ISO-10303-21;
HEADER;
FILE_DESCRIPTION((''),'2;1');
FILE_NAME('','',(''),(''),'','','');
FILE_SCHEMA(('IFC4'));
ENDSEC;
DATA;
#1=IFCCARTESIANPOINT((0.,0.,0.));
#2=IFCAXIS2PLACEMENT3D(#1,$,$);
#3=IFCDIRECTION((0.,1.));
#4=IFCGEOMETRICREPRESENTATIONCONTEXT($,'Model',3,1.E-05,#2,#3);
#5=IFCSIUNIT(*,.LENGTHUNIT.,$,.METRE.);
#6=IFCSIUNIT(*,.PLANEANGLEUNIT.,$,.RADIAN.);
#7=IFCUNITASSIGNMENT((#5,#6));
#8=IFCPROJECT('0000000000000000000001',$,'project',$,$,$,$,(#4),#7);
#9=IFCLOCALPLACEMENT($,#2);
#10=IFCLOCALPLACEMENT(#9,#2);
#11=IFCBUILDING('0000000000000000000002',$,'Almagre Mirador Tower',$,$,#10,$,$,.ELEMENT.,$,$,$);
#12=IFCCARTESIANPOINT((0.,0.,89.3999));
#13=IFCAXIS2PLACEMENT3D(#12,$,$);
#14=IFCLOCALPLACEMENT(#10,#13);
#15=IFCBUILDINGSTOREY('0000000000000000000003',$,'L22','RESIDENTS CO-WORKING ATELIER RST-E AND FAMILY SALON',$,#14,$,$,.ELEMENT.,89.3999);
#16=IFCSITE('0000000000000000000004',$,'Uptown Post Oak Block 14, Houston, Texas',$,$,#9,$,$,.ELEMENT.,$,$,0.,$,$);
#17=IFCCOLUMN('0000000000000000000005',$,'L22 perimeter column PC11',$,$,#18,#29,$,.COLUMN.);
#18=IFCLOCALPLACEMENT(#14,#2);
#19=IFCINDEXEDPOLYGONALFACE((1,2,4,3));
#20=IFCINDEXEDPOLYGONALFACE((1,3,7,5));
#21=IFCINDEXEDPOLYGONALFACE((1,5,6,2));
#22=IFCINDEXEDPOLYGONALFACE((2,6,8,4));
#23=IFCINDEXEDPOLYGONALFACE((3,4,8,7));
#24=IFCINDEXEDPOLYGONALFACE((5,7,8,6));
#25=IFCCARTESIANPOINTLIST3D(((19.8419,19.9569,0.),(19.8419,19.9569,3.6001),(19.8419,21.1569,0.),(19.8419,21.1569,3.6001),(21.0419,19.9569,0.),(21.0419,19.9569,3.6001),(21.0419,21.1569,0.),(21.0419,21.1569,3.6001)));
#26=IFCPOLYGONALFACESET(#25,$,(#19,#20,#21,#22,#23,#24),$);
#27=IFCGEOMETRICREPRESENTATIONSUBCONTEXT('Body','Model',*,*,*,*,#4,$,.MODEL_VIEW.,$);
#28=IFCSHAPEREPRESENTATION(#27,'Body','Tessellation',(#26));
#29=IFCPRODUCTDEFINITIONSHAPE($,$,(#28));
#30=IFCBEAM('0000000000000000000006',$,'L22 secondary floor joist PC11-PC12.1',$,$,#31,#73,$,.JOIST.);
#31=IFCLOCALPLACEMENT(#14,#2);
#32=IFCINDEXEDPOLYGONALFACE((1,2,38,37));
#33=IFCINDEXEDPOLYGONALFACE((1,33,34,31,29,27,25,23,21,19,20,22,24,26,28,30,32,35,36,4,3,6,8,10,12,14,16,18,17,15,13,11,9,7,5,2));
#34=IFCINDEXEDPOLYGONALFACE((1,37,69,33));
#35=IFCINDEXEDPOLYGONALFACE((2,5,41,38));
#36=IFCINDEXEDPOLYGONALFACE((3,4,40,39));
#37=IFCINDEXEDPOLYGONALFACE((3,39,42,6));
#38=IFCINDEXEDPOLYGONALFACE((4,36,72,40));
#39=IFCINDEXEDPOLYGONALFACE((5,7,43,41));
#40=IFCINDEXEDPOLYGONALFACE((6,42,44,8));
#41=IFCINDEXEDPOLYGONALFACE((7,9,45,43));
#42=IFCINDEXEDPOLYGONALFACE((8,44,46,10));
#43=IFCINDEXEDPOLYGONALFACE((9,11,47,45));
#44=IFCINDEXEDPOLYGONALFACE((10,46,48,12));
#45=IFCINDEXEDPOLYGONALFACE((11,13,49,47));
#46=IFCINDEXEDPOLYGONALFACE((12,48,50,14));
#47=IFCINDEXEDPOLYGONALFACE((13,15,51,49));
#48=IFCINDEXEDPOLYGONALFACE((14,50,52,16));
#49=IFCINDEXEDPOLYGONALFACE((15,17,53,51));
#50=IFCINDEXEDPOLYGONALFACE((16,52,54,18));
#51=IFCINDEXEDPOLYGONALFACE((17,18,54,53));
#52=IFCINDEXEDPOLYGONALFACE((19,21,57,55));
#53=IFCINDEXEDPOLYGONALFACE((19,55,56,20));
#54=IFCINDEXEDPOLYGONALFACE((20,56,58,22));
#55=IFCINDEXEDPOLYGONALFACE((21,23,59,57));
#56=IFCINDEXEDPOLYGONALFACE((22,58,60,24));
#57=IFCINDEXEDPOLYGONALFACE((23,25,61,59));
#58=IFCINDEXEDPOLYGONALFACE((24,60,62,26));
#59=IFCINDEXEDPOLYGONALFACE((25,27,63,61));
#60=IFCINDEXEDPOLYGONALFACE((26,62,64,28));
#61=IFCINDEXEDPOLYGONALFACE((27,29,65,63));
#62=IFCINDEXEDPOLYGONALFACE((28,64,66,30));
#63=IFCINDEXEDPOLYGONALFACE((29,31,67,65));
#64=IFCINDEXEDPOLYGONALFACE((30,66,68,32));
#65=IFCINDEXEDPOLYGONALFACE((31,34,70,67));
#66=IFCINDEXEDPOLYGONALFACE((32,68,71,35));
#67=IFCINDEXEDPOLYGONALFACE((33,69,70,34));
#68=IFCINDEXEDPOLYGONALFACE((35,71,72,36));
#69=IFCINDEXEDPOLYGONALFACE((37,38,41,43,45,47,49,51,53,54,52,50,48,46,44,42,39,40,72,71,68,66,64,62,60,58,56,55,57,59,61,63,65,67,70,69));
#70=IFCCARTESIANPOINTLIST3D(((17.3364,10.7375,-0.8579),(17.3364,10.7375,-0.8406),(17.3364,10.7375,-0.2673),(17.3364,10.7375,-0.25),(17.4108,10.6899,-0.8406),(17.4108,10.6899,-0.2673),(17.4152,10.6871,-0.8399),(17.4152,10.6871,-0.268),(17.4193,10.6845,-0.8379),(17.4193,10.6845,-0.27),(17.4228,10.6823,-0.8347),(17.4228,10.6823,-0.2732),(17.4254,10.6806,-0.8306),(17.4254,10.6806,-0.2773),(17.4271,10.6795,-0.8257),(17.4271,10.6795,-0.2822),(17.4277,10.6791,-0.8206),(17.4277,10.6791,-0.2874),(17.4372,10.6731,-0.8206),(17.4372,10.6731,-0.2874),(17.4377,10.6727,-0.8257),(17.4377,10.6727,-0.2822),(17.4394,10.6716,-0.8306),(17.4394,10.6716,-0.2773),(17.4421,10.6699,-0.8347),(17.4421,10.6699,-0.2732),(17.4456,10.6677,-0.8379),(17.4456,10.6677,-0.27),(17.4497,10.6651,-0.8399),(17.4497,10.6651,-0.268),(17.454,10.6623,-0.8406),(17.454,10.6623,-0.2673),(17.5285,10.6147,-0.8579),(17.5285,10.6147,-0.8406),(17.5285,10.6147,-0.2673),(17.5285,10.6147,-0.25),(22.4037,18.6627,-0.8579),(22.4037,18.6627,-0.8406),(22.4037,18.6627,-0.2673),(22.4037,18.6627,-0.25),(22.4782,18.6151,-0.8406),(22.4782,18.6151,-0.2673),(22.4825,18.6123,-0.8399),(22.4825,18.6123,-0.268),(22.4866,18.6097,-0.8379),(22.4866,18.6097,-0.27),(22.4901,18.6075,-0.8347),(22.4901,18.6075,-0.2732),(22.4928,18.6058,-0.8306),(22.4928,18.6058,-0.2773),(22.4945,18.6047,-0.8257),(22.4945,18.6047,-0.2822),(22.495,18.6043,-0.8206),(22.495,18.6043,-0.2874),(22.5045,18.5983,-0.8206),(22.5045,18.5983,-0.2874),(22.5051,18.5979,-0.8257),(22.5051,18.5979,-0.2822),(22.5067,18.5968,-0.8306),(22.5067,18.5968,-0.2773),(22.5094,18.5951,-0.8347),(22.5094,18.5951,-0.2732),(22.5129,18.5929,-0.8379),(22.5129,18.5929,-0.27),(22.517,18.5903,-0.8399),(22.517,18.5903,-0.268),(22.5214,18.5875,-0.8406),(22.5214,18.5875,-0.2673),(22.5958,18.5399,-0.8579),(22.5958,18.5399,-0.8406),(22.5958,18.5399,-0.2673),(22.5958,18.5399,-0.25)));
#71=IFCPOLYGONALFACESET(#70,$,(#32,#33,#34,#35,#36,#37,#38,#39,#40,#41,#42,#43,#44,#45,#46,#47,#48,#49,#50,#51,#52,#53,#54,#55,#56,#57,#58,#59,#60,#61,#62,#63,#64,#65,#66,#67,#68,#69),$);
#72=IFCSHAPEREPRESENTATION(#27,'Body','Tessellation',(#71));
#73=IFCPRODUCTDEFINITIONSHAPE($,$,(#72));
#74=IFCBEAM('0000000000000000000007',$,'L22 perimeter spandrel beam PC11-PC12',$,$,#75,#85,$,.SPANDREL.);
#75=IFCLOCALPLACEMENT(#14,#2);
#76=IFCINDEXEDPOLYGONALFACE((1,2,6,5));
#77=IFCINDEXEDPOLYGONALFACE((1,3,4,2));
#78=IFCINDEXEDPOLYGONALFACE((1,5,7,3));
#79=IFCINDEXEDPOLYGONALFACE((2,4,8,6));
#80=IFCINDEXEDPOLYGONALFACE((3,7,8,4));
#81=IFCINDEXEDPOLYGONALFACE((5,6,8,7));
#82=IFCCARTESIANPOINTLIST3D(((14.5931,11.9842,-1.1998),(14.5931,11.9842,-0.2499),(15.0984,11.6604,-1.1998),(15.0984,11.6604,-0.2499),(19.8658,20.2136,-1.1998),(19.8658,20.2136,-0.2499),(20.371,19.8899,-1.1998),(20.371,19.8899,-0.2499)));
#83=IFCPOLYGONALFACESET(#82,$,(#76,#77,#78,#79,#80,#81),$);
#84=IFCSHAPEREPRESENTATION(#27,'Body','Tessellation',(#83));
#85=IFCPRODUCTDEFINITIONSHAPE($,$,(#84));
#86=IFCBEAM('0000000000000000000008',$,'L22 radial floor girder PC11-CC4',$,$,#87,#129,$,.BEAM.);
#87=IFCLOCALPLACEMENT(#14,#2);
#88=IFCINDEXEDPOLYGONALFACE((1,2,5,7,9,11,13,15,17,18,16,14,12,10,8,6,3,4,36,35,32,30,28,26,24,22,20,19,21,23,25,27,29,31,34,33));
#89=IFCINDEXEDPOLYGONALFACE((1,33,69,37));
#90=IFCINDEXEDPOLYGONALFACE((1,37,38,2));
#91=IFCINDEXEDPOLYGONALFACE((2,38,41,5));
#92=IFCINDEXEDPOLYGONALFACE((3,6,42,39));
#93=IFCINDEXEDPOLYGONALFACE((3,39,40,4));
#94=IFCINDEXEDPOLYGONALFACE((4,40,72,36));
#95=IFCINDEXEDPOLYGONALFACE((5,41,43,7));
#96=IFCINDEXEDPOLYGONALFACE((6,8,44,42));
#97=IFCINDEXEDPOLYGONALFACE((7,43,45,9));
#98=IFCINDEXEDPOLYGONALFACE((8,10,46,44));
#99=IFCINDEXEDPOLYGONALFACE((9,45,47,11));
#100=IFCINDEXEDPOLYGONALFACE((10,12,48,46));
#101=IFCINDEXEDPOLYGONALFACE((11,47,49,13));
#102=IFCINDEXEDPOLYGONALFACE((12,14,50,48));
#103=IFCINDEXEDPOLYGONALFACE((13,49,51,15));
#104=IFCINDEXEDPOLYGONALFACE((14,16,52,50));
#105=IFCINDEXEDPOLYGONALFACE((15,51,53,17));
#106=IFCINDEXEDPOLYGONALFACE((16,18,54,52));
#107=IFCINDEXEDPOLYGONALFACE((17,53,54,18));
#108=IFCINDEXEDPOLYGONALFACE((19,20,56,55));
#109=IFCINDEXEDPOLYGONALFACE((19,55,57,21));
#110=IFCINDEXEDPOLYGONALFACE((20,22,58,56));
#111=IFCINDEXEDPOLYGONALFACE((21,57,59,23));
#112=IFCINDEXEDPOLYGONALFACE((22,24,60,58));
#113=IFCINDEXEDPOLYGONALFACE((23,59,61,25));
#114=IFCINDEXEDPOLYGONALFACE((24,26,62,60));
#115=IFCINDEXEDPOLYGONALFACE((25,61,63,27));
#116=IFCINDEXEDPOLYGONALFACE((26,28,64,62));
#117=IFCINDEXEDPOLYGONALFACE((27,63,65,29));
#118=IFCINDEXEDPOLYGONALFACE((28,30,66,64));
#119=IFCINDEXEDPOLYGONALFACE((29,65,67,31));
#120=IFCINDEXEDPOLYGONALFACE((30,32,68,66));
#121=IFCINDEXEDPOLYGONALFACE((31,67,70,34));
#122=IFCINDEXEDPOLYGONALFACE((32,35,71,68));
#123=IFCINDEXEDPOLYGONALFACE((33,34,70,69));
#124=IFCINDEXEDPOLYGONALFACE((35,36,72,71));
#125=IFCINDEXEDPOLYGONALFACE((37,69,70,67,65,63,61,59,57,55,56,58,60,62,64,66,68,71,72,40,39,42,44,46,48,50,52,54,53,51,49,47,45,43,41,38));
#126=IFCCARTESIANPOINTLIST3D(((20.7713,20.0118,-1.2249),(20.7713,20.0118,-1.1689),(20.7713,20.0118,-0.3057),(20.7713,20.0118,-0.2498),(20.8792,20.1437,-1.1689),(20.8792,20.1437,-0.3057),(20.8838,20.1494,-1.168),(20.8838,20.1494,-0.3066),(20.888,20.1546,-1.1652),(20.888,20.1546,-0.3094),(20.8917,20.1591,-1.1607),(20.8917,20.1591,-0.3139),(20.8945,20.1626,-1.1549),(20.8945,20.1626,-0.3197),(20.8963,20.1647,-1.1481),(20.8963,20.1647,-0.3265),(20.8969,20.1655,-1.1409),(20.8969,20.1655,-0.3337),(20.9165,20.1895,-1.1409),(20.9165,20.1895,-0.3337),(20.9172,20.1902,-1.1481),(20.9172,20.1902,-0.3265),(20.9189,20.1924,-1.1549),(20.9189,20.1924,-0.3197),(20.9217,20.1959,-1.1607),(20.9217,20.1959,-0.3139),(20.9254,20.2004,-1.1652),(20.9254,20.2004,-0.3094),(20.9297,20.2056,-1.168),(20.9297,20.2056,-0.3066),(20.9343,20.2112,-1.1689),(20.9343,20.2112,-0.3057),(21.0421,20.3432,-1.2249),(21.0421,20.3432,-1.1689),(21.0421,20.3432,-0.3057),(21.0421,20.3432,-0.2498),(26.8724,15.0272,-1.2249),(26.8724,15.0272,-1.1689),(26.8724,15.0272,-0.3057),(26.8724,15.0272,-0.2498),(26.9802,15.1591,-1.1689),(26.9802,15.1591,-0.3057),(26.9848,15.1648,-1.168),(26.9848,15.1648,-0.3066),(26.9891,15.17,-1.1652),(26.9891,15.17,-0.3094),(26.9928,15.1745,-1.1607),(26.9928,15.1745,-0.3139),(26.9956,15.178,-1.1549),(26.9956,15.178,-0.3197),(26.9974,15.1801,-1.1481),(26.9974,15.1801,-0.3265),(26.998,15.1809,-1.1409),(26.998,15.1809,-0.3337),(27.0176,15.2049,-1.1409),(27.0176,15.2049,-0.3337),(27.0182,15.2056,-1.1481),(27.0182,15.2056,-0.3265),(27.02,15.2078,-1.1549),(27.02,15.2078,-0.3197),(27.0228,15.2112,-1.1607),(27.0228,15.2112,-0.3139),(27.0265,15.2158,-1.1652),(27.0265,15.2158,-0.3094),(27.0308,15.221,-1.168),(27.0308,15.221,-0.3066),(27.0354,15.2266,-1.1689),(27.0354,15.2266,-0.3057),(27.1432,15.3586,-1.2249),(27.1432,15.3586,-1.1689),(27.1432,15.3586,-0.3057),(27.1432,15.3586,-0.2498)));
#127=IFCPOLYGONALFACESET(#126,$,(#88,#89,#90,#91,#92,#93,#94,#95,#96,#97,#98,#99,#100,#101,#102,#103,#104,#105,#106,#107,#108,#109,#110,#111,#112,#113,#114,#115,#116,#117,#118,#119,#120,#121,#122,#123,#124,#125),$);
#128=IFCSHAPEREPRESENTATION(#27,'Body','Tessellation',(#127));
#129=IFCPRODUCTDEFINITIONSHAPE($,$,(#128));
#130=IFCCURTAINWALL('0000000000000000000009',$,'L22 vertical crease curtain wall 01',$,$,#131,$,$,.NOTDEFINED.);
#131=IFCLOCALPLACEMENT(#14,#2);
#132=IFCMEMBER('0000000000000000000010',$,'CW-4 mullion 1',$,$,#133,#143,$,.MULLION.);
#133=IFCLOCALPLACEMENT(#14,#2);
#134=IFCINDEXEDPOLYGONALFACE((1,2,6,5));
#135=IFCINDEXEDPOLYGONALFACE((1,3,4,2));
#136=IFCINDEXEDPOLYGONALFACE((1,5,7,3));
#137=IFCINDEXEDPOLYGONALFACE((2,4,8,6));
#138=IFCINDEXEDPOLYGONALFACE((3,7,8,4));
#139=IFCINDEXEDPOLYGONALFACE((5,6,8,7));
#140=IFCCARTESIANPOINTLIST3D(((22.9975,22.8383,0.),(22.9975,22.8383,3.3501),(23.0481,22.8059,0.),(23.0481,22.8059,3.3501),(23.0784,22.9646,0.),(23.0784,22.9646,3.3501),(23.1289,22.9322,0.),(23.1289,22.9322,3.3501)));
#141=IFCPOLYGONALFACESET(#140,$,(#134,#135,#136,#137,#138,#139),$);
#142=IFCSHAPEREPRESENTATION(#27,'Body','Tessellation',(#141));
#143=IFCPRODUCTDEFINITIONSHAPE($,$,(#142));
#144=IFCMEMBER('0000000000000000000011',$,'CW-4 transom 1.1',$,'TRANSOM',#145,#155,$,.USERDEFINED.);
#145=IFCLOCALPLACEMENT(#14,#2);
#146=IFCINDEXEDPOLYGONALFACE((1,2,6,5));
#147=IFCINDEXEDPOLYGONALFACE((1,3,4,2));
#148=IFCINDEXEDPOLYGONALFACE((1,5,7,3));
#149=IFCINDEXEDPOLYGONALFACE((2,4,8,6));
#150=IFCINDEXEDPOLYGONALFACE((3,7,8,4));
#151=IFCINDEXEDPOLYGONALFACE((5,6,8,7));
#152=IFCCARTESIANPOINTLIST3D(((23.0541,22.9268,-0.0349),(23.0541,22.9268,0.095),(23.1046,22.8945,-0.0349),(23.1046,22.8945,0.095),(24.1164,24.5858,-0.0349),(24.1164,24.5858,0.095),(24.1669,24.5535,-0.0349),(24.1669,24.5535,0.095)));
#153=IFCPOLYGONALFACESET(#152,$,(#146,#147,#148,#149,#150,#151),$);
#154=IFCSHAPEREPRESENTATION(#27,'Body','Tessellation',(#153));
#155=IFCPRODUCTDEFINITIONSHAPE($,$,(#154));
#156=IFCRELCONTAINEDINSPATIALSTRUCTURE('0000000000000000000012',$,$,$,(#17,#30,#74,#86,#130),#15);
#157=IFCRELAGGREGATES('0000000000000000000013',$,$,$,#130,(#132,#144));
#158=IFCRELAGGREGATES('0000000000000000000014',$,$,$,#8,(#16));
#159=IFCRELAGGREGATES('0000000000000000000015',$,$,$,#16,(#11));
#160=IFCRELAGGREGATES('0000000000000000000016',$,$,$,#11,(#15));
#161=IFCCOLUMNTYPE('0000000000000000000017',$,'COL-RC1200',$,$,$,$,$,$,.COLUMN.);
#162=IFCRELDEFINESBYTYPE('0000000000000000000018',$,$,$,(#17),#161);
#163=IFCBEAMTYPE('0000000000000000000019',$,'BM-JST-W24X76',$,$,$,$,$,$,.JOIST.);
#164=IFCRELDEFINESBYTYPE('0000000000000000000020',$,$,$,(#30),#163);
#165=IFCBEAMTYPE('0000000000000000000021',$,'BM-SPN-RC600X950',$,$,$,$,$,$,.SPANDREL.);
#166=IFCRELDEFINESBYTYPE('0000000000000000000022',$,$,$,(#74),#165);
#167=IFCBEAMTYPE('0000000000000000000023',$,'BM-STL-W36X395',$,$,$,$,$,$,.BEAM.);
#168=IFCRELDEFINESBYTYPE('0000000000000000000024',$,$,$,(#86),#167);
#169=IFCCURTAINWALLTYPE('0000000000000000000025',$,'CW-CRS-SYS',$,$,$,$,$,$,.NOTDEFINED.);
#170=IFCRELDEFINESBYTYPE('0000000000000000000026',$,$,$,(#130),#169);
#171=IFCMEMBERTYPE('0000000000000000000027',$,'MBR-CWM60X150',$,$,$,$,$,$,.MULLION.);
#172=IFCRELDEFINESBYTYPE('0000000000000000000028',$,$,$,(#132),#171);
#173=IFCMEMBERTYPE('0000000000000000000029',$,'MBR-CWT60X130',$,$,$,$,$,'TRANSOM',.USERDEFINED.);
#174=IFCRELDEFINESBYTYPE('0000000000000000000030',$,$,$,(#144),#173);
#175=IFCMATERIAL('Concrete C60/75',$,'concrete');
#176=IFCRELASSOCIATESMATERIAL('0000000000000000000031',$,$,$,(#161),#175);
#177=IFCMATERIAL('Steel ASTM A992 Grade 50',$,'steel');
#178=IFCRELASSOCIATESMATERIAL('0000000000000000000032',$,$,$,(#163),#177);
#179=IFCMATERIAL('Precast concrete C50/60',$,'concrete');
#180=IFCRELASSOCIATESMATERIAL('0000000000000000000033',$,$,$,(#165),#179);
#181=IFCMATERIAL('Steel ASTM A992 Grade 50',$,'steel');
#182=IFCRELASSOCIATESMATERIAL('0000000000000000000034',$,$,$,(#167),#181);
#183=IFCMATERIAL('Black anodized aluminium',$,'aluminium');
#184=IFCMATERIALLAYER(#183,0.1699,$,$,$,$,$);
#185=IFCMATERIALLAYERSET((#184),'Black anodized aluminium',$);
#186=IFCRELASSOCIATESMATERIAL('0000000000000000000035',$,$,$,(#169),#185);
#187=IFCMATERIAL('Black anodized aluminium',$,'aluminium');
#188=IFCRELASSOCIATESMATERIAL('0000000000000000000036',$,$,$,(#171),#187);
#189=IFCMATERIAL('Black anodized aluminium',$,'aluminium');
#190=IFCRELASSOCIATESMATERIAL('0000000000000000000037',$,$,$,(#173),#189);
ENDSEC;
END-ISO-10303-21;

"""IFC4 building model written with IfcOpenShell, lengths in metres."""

from ifc_helpers import new_model, si_unit, direction, frame, origin, origin_2d, place, context, subcontext, project, spatial, rectangle, i_section, extrude, material, layer, layer_set, material_profile, profile_set, type_object, element, aggregate, save


model = new_model("IFC4")

# Units and contexts
model_context = context("Model", 3, precision=1e-05, world=origin(), true_north=direction((0.0, 1.0)))
body_context = subcontext(model_context, "Body", "Model", "MODEL_VIEW")
ifc_project = project(units=[si_unit("LENGTHUNIT", "METRE"), si_unit("PLANEANGLEUNIT", "RADIAN")], contexts=[model_context])

# Site, building, storey
site_placement = place(None, origin())
site = spatial("IfcSite", under=ifc_project, at=site_placement, Name="Uptown Post Oak Block 14, Houston, Texas", CompositionType="ELEMENT", RefElevation=0.0)
building_placement = place(site_placement, origin())
building = spatial("IfcBuilding", under=site, at=building_placement, Name="Almagre Mirador Tower", CompositionType="ELEMENT")
storey_placement = place(building_placement, frame((0.0, 0.0, 89.3999)))
storey = spatial("IfcBuildingStorey", under=building, at=storey_placement, Name="L22", Description="RESIDENTS CO-WORKING ATELIER RST-E AND FAMILY SALON", CompositionType="ELEMENT", Elevation=89.3999)

# Column
ifc_material_1 = material(Name="Concrete C60/75", Category="concrete")
ifc_material_profile_1 = material_profile(ifc_material_1, rectangle(XDim=1.2, YDim=1.2, at=origin_2d()), Name="RC1200X1200")
ifc_profile_set_1 = profile_set([ifc_material_profile_1], Name="Concrete C60/75")
column_type = type_object("IfcColumnType", Name="COL-RC1200", PredefinedType="COLUMN", material=ifc_profile_set_1)
column_placement = place(storey_placement, frame((20.4419, 20.5569, 0.0), z_axis=(0.0, 0.0, 1.0), x_axis=(1.0, 0.0, 0.0)))
element("IfcColumn", 1, at=column_placement, inside=storey, type_object=column_type, Name="L22 perimeter column PC11", PredefinedType="COLUMN", context=body_context, shape_type="SweptSolid", body=[
    extrude(rectangle(XDim=1.2, YDim=1.2, at=origin_2d()), origin(), (0.0, 0.0, 1.0), 3.6001),
])

# Beams
ifc_material_2 = material(Name="Steel ASTM A992 Grade 50", Category="steel")
ifc_material_profile_2 = material_profile(ifc_material_2, i_section(OverallWidth=0.228, OverallDepth=0.6079, WebThickness=0.0112, FlangeThickness=0.0173, FilletRadius=0.02, at=origin_2d()), Name="W24X76")
ifc_profile_set_2 = profile_set([ifc_material_profile_2], Name="Steel ASTM A992 Grade 50")
beam_type_1 = type_object("IfcBeamType", Name="BM-JST-W24X76", PredefinedType="JOIST", material=ifc_profile_set_2)
beam_1_placement = place(storey_placement, frame((22.4998, 18.6013, -0.554), z_axis=(-0.538691, -0.842503, 0.0), x_axis=(0.842503, -0.538691, 0.0)))
element("IfcBeam", 2, at=beam_1_placement, inside=storey, type_object=beam_type_1, Name="L22 secondary floor joist PC11-PC12.1", PredefinedType="JOIST", context=body_context, shape_type="SweptSolid", body=[
    extrude(i_section(OverallWidth=0.228, OverallDepth=0.6079, WebThickness=0.0112, FlangeThickness=0.0173, FilletRadius=0.02, at=origin_2d()), origin(), (0.0, 0.0, 1.0), 9.4067),
])
ifc_material_3 = material(Name="Precast concrete C50/60", Category="concrete")
ifc_material_profile_3 = material_profile(ifc_material_3, rectangle(XDim=0.6001, YDim=0.95, at=origin_2d()), Name="RC600X950")
ifc_profile_set_3 = profile_set([ifc_material_profile_3], Name="Precast concrete C50/60")
beam_type_2 = type_object("IfcBeamType", Name="BM-SPN-RC600X950", PredefinedType="SPANDREL", material=ifc_profile_set_3)
beam_2_placement = place(storey_placement, frame((20.1184, 20.0518, -0.7249), z_axis=(-0.539477, -0.842, 0.0), x_axis=(0.842, -0.539477, 0.0)))
element("IfcBeam", 3, at=beam_2_placement, inside=storey, type_object=beam_type_2, Name="L22 perimeter spandrel beam PC11-PC12", PredefinedType="SPANDREL", context=body_context, shape_type="SweptSolid", body=[
    extrude(rectangle(XDim=0.6001, YDim=0.95, at=origin_2d()), origin(), (0.0, 0.0, 1.0), 9.7737),
])
ifc_material_4 = material(Name="Steel ASTM A992 Grade 50", Category="steel")
ifc_material_profile_4 = material_profile(ifc_material_4, i_section(OverallWidth=0.428, OverallDepth=0.9751, WebThickness=0.031, FlangeThickness=0.0559, FilletRadius=0.0281, at=origin_2d()), Name="W36X395")
ifc_profile_set_4 = profile_set([ifc_material_profile_4], Name="Steel ASTM A992 Grade 50")
beam_type_3 = type_object("IfcBeamType", Name="BM-STL-W36X395", PredefinedType="BEAM", material=ifc_profile_set_4)
beam_3_placement = place(storey_placement, frame((20.9067, 20.1775, -0.7373), z_axis=(0.774403, -0.632693, 0.0), x_axis=(0.632693, 0.774403, 0.0)))
element("IfcBeam", 4, at=beam_3_placement, inside=storey, type_object=beam_type_3, Name="L22 radial floor girder PC11-CC4", PredefinedType="BEAM", context=body_context, shape_type="SweptSolid", body=[
    extrude(i_section(OverallWidth=0.428, OverallDepth=0.9751, WebThickness=0.031, FlangeThickness=0.0559, FilletRadius=0.0281, at=origin_2d()), origin(), (0.0, 0.0, 1.0), 7.8784),
])

# Curtain wall, members
ifc_material_5 = material(Name="Black anodized aluminium", Category="aluminium")
ifc_layer_1 = layer(ifc_material_5, 0.1699)
ifc_layer_set_1 = layer_set([ifc_layer_1], Name="Black anodized aluminium")
curtain_wall_type = type_object("IfcCurtainWallType", Name="CW-CRS-SYS", PredefinedType="NOTDEFINED", material=ifc_layer_set_1)
curtain_wall_placement = place(storey_placement, origin())
curtain_wall = element("IfcCurtainWall", 5, at=curtain_wall_placement, inside=storey, type_object=curtain_wall_type, Name="L22 vertical crease curtain wall 01", PredefinedType="NOTDEFINED")
ifc_material_6 = material(Name="Black anodized aluminium", Category="aluminium")
ifc_material_profile_5 = material_profile(ifc_material_6, rectangle(XDim=0.0601, YDim=0.1499, at=origin_2d()), Name="CWM60X150")
ifc_profile_set_5 = profile_set([ifc_material_profile_5], Name="Black anodized aluminium")
member_type_1 = type_object("IfcMemberType", Name="MBR-CWM60X150", PredefinedType="MULLION", material=ifc_profile_set_5)
member_1_placement = place(storey_placement, frame((23.0632, 22.8853, 0.0), z_axis=(0.0, 0.0, 1.0), x_axis=(-0.842141, 0.539257, 0.0)))
member_1 = element("IfcMember", 6, at=member_1_placement, type_object=member_type_1, Name="CW-4 mullion 1", PredefinedType="MULLION", context=body_context, shape_type="SweptSolid", body=[
    extrude(rectangle(XDim=0.0601, YDim=0.1499, at=origin_2d()), origin(), (0.0, 0.0, 1.0), 3.3501),
])
ifc_material_7 = material(Name="Black anodized aluminium", Category="aluminium")
ifc_material_profile_6 = material_profile(ifc_material_7, rectangle(XDim=0.0601, YDim=0.1299, at=origin_2d()), Name="CWT60X130")
ifc_profile_set_6 = profile_set([ifc_material_profile_6], Name="Black anodized aluminium")
member_type_2 = type_object("IfcMemberType", Name="MBR-CWT60X130", ElementType="TRANSOM", PredefinedType="USERDEFINED", material=ifc_profile_set_6)
member_2_placement = place(storey_placement, frame((23.0793, 22.9106, 0.03), z_axis=(0.539247, 0.842148, 0.0), x_axis=(-0.842148, 0.539247, 0.0)))
member_2 = element("IfcMember", 7, at=member_2_placement, type_object=member_type_2, Name="CW-4 transom 1.1", ObjectType="TRANSOM", PredefinedType="USERDEFINED", context=body_context, shape_type="SweptSolid", body=[
    extrude(rectangle(XDim=0.0601, YDim=0.1299, at=origin_2d()), origin(), (0.0, 0.0, 1.0), 1.97),
])
aggregate(curtain_wall, [member_1, member_2])

save(model, "model.ifc")
